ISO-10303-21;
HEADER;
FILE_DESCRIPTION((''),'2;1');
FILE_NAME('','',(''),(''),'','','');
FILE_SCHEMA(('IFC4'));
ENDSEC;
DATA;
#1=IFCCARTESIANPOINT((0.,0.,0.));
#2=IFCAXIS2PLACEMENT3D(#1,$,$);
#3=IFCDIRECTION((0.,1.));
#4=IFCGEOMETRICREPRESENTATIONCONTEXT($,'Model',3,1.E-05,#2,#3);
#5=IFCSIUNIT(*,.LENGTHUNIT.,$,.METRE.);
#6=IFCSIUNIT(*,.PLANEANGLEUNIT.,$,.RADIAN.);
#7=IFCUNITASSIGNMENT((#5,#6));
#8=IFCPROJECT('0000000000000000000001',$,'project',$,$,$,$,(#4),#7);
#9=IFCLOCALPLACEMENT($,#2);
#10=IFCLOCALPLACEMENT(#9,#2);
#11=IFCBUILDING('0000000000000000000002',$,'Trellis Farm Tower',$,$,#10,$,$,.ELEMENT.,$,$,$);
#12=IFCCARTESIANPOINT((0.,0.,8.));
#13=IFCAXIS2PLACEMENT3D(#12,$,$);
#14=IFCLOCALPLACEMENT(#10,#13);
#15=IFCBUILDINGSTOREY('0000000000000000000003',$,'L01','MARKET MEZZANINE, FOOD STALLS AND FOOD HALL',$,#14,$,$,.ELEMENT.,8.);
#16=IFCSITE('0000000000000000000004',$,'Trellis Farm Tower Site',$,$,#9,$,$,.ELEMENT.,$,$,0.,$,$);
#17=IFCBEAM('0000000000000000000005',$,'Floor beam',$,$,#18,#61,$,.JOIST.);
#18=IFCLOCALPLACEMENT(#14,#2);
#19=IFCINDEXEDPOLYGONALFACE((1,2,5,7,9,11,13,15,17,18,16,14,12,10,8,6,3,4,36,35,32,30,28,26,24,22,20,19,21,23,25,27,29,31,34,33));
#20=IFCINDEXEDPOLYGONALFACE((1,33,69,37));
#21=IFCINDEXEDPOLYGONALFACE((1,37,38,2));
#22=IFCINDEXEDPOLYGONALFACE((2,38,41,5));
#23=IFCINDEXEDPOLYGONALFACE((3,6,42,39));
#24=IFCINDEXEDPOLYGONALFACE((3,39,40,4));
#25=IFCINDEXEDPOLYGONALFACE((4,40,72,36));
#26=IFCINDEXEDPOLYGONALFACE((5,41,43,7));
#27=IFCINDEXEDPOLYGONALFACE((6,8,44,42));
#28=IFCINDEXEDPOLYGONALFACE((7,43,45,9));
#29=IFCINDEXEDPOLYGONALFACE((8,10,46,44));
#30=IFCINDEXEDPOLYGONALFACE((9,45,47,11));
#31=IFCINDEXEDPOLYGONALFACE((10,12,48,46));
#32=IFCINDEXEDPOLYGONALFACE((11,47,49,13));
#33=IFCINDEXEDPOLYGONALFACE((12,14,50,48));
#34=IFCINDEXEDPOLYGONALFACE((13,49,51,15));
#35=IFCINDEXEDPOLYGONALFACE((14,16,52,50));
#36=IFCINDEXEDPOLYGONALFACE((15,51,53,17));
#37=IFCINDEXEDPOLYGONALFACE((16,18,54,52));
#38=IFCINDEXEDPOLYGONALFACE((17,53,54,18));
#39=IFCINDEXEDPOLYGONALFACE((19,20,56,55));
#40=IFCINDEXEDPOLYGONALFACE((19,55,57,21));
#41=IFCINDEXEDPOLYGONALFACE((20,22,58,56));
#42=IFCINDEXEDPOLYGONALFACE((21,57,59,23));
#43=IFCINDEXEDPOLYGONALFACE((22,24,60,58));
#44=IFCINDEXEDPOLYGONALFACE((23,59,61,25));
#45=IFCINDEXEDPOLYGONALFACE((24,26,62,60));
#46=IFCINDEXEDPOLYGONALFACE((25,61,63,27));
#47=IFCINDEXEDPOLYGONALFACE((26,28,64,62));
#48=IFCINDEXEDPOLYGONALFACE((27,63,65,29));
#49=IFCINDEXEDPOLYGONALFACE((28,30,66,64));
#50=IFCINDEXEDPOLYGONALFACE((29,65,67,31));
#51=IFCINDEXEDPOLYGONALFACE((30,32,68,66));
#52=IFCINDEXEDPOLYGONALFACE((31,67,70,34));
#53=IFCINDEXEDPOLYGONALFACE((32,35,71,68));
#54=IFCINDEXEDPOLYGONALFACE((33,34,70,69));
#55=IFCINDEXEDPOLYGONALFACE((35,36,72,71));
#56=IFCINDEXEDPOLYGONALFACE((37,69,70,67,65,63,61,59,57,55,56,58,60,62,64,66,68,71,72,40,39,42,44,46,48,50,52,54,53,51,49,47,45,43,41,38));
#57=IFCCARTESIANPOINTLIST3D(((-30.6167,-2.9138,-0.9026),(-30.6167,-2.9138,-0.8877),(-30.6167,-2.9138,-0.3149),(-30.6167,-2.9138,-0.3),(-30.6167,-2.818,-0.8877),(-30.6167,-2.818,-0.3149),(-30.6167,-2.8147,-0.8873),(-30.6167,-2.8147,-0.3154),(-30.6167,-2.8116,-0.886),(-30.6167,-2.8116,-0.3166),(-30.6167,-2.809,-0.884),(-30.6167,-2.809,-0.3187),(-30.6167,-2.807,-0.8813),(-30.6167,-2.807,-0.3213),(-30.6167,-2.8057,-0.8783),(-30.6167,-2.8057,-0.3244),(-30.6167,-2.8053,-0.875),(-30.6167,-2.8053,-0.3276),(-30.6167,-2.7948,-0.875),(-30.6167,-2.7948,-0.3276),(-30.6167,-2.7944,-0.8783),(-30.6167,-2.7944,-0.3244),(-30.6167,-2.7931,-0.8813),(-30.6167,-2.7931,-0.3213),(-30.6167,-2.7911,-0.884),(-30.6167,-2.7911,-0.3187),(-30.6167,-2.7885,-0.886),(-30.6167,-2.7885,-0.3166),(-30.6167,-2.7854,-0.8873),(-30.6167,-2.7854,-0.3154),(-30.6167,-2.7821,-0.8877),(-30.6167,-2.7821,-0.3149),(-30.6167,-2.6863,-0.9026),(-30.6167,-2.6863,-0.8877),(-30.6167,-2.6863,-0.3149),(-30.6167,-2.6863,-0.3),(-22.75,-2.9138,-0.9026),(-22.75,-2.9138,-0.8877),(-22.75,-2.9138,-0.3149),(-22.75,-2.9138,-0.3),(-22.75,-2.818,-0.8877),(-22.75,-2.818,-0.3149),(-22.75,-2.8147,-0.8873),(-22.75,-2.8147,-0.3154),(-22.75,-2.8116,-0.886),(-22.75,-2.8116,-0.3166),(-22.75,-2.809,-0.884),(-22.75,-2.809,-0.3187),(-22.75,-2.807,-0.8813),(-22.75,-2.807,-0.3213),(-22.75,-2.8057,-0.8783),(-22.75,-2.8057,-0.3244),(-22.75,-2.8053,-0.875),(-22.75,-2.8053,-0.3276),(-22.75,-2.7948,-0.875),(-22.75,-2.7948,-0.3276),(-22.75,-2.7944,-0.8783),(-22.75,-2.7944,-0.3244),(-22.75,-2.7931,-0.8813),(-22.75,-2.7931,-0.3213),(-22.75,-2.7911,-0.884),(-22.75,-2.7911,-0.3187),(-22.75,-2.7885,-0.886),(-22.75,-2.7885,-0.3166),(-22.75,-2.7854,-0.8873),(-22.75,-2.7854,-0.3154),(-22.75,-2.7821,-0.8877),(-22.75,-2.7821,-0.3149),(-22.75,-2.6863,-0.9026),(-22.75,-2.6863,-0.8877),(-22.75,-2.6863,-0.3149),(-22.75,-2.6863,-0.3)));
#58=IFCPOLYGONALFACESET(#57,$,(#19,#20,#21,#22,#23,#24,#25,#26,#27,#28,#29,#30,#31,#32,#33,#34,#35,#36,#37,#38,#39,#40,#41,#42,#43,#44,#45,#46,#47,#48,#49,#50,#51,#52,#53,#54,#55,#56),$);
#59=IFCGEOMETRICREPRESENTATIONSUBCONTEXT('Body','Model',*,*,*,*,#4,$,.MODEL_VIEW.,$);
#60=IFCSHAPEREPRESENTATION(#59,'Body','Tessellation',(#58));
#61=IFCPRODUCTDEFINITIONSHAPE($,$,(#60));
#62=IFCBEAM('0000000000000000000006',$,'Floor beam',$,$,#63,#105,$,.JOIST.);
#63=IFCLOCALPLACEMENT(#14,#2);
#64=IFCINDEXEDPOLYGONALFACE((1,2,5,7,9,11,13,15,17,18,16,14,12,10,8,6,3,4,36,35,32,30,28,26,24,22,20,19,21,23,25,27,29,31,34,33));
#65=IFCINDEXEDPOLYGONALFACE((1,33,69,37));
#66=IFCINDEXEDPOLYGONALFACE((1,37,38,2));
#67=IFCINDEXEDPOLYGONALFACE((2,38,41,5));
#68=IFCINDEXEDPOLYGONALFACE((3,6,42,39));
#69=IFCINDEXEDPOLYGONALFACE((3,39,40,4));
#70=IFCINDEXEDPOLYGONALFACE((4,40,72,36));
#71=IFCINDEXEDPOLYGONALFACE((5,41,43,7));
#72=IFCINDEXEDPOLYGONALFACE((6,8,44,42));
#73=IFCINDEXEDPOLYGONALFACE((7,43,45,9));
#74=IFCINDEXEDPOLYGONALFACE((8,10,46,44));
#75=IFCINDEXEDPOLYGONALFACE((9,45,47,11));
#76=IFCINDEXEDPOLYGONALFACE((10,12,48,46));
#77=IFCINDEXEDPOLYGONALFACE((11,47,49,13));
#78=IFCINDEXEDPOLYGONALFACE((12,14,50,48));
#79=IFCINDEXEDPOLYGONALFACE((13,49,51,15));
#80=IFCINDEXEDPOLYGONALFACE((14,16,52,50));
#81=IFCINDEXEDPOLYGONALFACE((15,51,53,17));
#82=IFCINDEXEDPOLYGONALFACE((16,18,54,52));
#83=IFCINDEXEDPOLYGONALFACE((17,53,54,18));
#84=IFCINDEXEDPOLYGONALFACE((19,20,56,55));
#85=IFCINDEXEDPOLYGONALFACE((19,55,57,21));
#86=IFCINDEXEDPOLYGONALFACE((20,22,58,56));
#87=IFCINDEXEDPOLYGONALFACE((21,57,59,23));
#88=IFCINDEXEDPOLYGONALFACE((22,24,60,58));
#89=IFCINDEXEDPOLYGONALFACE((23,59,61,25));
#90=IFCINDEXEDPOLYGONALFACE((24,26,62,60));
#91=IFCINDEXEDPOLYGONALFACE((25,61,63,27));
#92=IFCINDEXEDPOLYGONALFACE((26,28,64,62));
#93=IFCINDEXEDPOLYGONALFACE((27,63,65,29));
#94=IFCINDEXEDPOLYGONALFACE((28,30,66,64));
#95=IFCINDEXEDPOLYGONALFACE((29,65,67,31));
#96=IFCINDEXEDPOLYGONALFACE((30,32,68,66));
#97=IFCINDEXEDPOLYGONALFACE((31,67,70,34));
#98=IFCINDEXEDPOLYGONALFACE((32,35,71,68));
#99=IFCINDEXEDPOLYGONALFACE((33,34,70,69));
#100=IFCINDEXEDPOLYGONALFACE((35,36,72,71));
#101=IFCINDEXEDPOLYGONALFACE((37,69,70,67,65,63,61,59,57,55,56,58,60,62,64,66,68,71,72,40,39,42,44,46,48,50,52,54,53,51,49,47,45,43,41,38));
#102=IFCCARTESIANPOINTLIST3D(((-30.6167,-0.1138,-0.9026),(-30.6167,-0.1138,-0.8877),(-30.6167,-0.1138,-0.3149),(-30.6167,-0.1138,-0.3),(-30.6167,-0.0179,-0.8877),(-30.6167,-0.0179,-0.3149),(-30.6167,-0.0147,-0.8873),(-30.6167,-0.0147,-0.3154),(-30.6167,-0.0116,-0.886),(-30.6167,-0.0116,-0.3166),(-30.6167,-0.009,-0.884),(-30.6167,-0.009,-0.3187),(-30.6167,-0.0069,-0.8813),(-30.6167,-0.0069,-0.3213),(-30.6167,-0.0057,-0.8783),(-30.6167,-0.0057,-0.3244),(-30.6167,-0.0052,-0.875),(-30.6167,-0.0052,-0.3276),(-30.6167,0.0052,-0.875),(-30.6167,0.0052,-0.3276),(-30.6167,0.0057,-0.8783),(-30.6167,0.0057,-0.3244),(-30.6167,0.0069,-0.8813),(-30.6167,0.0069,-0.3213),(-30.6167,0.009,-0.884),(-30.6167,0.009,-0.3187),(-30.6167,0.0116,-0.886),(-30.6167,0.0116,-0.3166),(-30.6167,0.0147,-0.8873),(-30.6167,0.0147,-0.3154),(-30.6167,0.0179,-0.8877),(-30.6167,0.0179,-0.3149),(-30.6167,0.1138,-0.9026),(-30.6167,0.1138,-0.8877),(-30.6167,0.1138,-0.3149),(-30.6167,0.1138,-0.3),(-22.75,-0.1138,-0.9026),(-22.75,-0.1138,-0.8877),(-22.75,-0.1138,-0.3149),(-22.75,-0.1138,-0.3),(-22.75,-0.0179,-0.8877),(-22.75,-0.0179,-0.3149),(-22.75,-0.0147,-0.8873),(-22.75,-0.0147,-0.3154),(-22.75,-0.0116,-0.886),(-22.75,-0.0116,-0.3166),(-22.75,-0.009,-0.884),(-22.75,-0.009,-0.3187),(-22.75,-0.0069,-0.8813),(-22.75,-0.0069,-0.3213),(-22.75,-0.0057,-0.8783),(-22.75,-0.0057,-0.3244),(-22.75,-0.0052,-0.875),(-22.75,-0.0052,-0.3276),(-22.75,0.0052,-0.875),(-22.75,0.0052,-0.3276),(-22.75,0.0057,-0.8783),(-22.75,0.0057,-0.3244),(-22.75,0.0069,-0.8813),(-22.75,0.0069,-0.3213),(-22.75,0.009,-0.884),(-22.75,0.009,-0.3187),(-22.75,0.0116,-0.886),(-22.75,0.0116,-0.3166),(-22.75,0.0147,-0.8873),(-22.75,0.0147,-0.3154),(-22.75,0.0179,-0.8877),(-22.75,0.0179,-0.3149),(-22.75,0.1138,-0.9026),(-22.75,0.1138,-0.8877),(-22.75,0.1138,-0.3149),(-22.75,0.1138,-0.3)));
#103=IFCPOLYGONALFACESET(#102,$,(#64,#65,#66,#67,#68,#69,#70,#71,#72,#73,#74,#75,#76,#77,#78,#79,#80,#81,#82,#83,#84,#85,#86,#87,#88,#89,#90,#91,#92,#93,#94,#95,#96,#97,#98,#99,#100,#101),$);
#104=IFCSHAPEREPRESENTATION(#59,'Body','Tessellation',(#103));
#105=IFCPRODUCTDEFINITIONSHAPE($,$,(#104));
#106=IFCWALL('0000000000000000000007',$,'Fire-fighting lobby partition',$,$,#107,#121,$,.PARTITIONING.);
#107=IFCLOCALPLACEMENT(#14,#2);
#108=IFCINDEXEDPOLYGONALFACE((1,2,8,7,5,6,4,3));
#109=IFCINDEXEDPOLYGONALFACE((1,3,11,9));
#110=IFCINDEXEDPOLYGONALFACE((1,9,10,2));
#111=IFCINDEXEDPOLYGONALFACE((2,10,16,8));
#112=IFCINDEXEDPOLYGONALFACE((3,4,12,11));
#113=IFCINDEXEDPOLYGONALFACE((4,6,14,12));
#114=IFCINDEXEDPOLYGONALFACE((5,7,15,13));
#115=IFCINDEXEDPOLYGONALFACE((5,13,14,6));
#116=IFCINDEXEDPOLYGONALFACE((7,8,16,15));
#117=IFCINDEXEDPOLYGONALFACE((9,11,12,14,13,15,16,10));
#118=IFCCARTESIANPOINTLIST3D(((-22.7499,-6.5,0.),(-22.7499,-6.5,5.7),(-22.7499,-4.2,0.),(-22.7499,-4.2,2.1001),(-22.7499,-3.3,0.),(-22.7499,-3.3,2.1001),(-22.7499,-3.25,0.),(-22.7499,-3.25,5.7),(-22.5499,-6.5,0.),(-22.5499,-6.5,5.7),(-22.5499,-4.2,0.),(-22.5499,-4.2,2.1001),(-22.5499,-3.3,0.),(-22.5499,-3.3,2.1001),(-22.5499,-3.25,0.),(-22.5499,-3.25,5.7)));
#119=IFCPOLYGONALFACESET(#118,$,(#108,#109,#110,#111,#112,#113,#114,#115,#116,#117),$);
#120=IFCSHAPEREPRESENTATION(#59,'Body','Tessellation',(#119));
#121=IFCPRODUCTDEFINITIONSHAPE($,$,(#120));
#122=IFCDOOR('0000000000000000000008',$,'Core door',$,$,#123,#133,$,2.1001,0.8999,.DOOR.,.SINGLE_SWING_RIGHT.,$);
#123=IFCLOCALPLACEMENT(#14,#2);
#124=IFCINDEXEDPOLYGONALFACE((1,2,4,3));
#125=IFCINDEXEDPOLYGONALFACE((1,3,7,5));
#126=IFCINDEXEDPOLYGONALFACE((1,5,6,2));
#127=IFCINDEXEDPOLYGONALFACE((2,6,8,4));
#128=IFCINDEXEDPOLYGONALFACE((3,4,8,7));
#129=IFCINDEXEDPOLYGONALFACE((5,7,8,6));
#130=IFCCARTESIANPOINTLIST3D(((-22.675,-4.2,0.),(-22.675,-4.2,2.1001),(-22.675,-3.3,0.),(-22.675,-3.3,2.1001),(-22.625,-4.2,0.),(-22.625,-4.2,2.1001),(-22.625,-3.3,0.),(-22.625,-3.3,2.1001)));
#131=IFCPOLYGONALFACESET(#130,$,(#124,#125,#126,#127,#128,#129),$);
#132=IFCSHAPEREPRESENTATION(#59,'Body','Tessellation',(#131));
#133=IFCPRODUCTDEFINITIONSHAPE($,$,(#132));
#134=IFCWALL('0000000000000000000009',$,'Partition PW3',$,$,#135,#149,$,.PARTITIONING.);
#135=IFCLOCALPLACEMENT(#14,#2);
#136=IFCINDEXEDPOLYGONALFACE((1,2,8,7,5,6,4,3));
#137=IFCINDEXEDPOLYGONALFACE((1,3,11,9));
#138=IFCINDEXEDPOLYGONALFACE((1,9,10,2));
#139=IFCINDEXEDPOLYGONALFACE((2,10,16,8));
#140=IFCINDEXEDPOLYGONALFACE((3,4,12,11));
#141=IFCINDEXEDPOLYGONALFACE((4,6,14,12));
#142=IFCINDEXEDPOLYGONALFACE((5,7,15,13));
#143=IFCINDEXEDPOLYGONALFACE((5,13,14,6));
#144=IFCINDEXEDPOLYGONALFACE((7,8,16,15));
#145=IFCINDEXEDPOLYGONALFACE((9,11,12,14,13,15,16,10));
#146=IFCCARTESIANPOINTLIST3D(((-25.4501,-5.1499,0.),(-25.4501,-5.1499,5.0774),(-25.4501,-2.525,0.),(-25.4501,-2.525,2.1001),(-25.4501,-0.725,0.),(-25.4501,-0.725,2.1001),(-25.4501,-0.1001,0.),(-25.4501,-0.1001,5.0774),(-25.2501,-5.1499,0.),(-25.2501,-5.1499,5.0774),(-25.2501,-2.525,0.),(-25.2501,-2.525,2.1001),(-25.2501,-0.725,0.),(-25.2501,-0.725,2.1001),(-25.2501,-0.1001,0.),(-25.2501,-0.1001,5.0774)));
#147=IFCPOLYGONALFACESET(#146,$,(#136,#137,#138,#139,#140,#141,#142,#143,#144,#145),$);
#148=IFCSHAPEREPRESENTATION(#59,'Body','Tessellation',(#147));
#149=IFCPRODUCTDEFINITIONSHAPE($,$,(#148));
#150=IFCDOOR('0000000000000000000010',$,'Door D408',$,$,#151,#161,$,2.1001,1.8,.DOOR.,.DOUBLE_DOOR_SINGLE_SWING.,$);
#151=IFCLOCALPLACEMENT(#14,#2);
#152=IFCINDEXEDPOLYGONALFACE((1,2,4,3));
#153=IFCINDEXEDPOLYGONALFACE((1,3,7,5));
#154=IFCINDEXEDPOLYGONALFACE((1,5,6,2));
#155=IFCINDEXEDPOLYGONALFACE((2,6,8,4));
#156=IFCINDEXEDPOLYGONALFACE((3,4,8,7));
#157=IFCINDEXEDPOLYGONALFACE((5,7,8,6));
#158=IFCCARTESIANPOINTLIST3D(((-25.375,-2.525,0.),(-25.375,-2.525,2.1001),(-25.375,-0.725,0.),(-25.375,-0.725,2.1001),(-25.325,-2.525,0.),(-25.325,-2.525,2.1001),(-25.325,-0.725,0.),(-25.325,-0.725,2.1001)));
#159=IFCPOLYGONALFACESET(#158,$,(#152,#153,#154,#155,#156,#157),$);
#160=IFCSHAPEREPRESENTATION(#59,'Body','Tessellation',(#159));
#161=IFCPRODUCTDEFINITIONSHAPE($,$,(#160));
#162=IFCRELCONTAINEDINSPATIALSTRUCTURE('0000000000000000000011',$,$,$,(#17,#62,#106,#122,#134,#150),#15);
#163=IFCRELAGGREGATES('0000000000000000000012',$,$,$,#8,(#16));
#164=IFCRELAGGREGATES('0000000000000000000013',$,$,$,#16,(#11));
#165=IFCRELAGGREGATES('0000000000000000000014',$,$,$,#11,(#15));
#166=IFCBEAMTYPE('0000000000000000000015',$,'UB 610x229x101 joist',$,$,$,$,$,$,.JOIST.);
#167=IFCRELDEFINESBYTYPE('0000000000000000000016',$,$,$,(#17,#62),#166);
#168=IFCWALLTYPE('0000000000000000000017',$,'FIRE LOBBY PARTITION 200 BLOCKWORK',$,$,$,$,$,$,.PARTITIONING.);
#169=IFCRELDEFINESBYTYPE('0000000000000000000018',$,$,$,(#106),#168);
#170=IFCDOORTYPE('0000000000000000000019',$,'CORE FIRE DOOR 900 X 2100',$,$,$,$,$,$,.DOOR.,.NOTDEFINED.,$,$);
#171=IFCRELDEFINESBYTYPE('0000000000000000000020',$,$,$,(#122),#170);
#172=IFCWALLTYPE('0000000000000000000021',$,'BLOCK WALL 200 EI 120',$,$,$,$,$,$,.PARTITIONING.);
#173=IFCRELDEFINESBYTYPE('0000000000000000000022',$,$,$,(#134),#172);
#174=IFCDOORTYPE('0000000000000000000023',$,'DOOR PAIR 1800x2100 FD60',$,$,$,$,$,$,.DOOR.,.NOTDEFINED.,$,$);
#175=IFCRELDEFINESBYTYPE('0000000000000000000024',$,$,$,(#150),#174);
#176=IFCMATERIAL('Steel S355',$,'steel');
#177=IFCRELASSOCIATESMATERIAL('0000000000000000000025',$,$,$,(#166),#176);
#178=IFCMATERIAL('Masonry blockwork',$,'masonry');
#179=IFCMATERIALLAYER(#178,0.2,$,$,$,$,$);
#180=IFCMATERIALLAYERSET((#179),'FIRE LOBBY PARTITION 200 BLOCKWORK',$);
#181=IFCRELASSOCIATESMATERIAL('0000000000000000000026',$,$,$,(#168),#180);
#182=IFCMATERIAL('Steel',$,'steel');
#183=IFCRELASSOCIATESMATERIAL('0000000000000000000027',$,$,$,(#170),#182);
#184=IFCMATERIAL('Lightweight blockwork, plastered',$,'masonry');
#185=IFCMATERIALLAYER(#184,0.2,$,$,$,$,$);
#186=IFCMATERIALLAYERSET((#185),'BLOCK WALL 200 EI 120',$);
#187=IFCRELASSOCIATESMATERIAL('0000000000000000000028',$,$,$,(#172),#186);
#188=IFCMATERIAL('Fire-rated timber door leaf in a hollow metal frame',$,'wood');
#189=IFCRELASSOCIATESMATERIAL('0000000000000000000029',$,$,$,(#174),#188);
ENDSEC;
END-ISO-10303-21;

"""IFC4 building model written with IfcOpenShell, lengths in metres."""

from ifc_helpers import new_model, si_unit, direction, frame, frame_2d, origin, origin_2d, place, context, subcontext, project, spatial, rectangle, i_section, extrude, source, transform, mapped, material, layer, layer_set, material_profile, profile_set, type_object, element, fill, save


model = new_model("IFC4")

# Units and contexts
model_context = context("Model", 3, precision=1e-05, world=origin(), true_north=direction((0.0, 1.0)))
body_context = subcontext(model_context, "Body", "Model", "MODEL_VIEW")
ifc_project = project(units=[si_unit("LENGTHUNIT", "METRE"), si_unit("PLANEANGLEUNIT", "RADIAN")], contexts=[model_context])

# Site, building, storey
site_placement = place(None, origin())
site = spatial("IfcSite", under=ifc_project, at=site_placement, Name="Trellis Farm Tower Site", CompositionType="ELEMENT", RefElevation=0.0)
building_placement = place(site_placement, origin())
building = spatial("IfcBuilding", under=site, at=building_placement, Name="Trellis Farm Tower", CompositionType="ELEMENT")
storey_placement = place(building_placement, frame((0.0, 0.0, 8.0)))
storey = spatial("IfcBuildingStorey", under=building, at=storey_placement, Name="L01", Description="MARKET MEZZANINE, FOOD STALLS AND FOOD HALL", CompositionType="ELEMENT", Elevation=8.0)

# Beams
ifc_material_1 = material(Name="Steel S355", Category="steel")
ifc_material_profile_1 = material_profile(ifc_material_1, i_section(OverallWidth=0.2275, OverallDepth=0.6025, WebThickness=0.0105, FlangeThickness=0.0149, FilletRadius=0.0127, at=origin_2d()), Name="UB 610x229x101")
ifc_profile_set_1 = profile_set([ifc_material_profile_1], Name="Steel S355")
beam_type_1 = type_object("IfcBeamType", Name="UB 610x229x101 joist", PredefinedType="JOIST", material=ifc_profile_set_1)
shared_shape_1 = source(origin(), body_context, "Body", "SweptSolid", [
    extrude(i_section(OverallWidth=0.2275, OverallDepth=0.6025, WebThickness=0.0105, FlangeThickness=0.0149, FilletRadius=0.0127, at=origin_2d()), origin(), (0.0, 0.0, 1.0), 7.8667),
])
for number, where, z_axis, x_axis, name in (
    (1, (-30.6167, -2.8, -0.6013), (1.0, 0.0, 0.0), (0.0, 1.0, 0.0), "Floor beam"),
    (2, (-30.6167, 0.0, -0.6013), (1.0, 0.0, 0.0), (0.0, 1.0, 0.0), "Floor beam"),
):
    element("IfcBeam", number, at=place(storey_placement, frame(where, z_axis=z_axis, x_axis=x_axis)), inside=storey, type_object=beam_type_1, Name=name, PredefinedType="JOIST", context=body_context, shape_type="MappedRepresentation", body=[
        mapped(shared_shape_1, transform((0.0, 0.0, 0.0))),
    ])

# Walls, openings, doors
ifc_material_2 = material(Name="Masonry blockwork", Category="masonry")
ifc_layer_1 = layer(ifc_material_2, 0.2)
ifc_layer_set_1 = layer_set([ifc_layer_1], Name="FIRE LOBBY PARTITION 200 BLOCKWORK")
wall_type_1 = type_object("IfcWallType", Name="FIRE LOBBY PARTITION 200 BLOCKWORK", PredefinedType="PARTITIONING", material=ifc_layer_set_1)
shared_shape_2 = source(origin(), body_context, "Body", "SweptSolid", [
    extrude(rectangle(XDim=3.25, YDim=0.2, at=frame_2d((1.625, 0.0))), origin(), (0.0, 0.0, 1.0), 5.7),
])
wall_1_placement = place(storey_placement, frame((-22.6499, -3.25, 0.0), z_axis=(0.0, 0.0, 1.0), x_axis=(0.0, -1.0, 0.0)))
wall_1 = element("IfcWall", 3, at=wall_1_placement, inside=storey, type_object=wall_type_1, Name="Fire-fighting lobby partition", PredefinedType="PARTITIONING", context=body_context, shape_type="MappedRepresentation", body=[
    mapped(shared_shape_2, transform((0.0, 0.0, 0.0))),
])
shared_shape_3 = source(origin(), body_context, "Body", "SweptSolid", [
    extrude(rectangle(XDim=0.8999, YDim=2.1001, at=frame_2d((0.45, 1.05))), frame((0.0, 0.1101, 0.0), z_axis=(0.0, -1.0, 0.0), x_axis=(1.0, 0.0, 0.0)), (0.0, 0.0, 1.0), 0.2202),
])
opening_1_placement = place(wall_1_placement, frame((0.05, 0.0, 0.0)))
opening_1 = element("IfcOpeningElement", 4, at=opening_1_placement, cuts=wall_1, PredefinedType="OPENING", context=body_context, shape_type="MappedRepresentation", body=[
    mapped(shared_shape_3, transform((0.0, 0.0, 0.0))),
])
ifc_material_3 = material(Name="Steel", Category="steel")
door_type_1 = type_object("IfcDoorType", Name="CORE FIRE DOOR 900 X 2100", OperationType="NOTDEFINED", PredefinedType="DOOR", material=ifc_material_3)
shared_shape_4 = source(origin(), body_context, "Body", "SweptSolid", [
    extrude(rectangle(XDim=0.8999, YDim=2.1001, at=frame_2d((0.45, 1.05))), frame((0.0, 0.0249, 0.0), z_axis=(0.0, -1.0, 0.0), x_axis=(1.0, 0.0, 0.0)), (0.0, 0.0, 1.0), 0.05),
])
door_1_placement = place(opening_1_placement, origin())
door_1 = element("IfcDoor", 5, at=door_1_placement, inside=storey, type_object=door_type_1, Name="Core door", OperationType="SINGLE_SWING_RIGHT", OverallHeight=2.1001, OverallWidth=0.8999, PredefinedType="DOOR", context=body_context, shape_type="MappedRepresentation", body=[
    mapped(shared_shape_4, transform((0.0, 0.0, 0.0))),
])
fill(opening_1, door_1)
ifc_material_4 = material(Name="Lightweight blockwork, plastered", Category="masonry")
ifc_layer_2 = layer(ifc_material_4, 0.2)
ifc_layer_set_2 = layer_set([ifc_layer_2], Name="BLOCK WALL 200 EI 120")
wall_type_2 = type_object("IfcWallType", Name="BLOCK WALL 200 EI 120", PredefinedType="PARTITIONING", material=ifc_layer_set_2)
shared_shape_5 = source(origin(), body_context, "Body", "SweptSolid", [
    extrude(rectangle(XDim=5.0498, YDim=0.2, at=frame_2d((2.5249, 0.0))), origin(), (0.0, 0.0, 1.0), 5.0774),
])
wall_2_placement = place(storey_placement, frame((-25.3501, -5.1499, 0.0), z_axis=(0.0, 0.0, 1.0), x_axis=(0.0, 1.0, 0.0)))
wall_2 = element("IfcWall", 6, at=wall_2_placement, inside=storey, type_object=wall_type_2, Name="Partition PW3", PredefinedType="PARTITIONING", context=body_context, shape_type="MappedRepresentation", body=[
    mapped(shared_shape_5, transform((0.0, 0.0, 0.0))),
])
shared_shape_6 = source(origin(), body_context, "Body", "SweptSolid", [
    extrude(rectangle(XDim=1.8, YDim=2.1001, at=frame_2d((0.8999, 1.05))), frame((0.0, 0.1101, 0.0), z_axis=(0.0, -1.0, 0.0), x_axis=(1.0, 0.0, 0.0)), (0.0, 0.0, 1.0), 0.2202),
])
opening_2_placement = place(wall_2_placement, frame((2.625, 0.0, 0.0)))
opening_2 = element("IfcOpeningElement", 7, at=opening_2_placement, cuts=wall_2, PredefinedType="OPENING", context=body_context, shape_type="MappedRepresentation", body=[
    mapped(shared_shape_6, transform((0.0, 0.0, 0.0))),
])
ifc_material_5 = material(Name="Fire-rated timber door leaf in a hollow metal frame", Category="wood")
door_type_2 = type_object("IfcDoorType", Name="DOOR PAIR 1800x2100 FD60", OperationType="NOTDEFINED", PredefinedType="DOOR", material=ifc_material_5)
shared_shape_7 = source(origin(), body_context, "Body", "SweptSolid", [
    extrude(rectangle(XDim=1.8, YDim=2.1001, at=frame_2d((0.8999, 1.05))), frame((0.0, 0.0249, 0.0), z_axis=(0.0, -1.0, 0.0), x_axis=(1.0, 0.0, 0.0)), (0.0, 0.0, 1.0), 0.05),
])
door_2_placement = place(opening_2_placement, origin())
door_2 = element("IfcDoor", 8, at=door_2_placement, inside=storey, type_object=door_type_2, Name="Door D408", OperationType="DOUBLE_DOOR_SINGLE_SWING", OverallHeight=2.1001, OverallWidth=1.8, PredefinedType="DOOR", context=body_context, shape_type="MappedRepresentation", body=[
    mapped(shared_shape_7, transform((0.0, 0.0, 0.0))),
])
fill(opening_2, door_2)

save(model, "model.ifc")
